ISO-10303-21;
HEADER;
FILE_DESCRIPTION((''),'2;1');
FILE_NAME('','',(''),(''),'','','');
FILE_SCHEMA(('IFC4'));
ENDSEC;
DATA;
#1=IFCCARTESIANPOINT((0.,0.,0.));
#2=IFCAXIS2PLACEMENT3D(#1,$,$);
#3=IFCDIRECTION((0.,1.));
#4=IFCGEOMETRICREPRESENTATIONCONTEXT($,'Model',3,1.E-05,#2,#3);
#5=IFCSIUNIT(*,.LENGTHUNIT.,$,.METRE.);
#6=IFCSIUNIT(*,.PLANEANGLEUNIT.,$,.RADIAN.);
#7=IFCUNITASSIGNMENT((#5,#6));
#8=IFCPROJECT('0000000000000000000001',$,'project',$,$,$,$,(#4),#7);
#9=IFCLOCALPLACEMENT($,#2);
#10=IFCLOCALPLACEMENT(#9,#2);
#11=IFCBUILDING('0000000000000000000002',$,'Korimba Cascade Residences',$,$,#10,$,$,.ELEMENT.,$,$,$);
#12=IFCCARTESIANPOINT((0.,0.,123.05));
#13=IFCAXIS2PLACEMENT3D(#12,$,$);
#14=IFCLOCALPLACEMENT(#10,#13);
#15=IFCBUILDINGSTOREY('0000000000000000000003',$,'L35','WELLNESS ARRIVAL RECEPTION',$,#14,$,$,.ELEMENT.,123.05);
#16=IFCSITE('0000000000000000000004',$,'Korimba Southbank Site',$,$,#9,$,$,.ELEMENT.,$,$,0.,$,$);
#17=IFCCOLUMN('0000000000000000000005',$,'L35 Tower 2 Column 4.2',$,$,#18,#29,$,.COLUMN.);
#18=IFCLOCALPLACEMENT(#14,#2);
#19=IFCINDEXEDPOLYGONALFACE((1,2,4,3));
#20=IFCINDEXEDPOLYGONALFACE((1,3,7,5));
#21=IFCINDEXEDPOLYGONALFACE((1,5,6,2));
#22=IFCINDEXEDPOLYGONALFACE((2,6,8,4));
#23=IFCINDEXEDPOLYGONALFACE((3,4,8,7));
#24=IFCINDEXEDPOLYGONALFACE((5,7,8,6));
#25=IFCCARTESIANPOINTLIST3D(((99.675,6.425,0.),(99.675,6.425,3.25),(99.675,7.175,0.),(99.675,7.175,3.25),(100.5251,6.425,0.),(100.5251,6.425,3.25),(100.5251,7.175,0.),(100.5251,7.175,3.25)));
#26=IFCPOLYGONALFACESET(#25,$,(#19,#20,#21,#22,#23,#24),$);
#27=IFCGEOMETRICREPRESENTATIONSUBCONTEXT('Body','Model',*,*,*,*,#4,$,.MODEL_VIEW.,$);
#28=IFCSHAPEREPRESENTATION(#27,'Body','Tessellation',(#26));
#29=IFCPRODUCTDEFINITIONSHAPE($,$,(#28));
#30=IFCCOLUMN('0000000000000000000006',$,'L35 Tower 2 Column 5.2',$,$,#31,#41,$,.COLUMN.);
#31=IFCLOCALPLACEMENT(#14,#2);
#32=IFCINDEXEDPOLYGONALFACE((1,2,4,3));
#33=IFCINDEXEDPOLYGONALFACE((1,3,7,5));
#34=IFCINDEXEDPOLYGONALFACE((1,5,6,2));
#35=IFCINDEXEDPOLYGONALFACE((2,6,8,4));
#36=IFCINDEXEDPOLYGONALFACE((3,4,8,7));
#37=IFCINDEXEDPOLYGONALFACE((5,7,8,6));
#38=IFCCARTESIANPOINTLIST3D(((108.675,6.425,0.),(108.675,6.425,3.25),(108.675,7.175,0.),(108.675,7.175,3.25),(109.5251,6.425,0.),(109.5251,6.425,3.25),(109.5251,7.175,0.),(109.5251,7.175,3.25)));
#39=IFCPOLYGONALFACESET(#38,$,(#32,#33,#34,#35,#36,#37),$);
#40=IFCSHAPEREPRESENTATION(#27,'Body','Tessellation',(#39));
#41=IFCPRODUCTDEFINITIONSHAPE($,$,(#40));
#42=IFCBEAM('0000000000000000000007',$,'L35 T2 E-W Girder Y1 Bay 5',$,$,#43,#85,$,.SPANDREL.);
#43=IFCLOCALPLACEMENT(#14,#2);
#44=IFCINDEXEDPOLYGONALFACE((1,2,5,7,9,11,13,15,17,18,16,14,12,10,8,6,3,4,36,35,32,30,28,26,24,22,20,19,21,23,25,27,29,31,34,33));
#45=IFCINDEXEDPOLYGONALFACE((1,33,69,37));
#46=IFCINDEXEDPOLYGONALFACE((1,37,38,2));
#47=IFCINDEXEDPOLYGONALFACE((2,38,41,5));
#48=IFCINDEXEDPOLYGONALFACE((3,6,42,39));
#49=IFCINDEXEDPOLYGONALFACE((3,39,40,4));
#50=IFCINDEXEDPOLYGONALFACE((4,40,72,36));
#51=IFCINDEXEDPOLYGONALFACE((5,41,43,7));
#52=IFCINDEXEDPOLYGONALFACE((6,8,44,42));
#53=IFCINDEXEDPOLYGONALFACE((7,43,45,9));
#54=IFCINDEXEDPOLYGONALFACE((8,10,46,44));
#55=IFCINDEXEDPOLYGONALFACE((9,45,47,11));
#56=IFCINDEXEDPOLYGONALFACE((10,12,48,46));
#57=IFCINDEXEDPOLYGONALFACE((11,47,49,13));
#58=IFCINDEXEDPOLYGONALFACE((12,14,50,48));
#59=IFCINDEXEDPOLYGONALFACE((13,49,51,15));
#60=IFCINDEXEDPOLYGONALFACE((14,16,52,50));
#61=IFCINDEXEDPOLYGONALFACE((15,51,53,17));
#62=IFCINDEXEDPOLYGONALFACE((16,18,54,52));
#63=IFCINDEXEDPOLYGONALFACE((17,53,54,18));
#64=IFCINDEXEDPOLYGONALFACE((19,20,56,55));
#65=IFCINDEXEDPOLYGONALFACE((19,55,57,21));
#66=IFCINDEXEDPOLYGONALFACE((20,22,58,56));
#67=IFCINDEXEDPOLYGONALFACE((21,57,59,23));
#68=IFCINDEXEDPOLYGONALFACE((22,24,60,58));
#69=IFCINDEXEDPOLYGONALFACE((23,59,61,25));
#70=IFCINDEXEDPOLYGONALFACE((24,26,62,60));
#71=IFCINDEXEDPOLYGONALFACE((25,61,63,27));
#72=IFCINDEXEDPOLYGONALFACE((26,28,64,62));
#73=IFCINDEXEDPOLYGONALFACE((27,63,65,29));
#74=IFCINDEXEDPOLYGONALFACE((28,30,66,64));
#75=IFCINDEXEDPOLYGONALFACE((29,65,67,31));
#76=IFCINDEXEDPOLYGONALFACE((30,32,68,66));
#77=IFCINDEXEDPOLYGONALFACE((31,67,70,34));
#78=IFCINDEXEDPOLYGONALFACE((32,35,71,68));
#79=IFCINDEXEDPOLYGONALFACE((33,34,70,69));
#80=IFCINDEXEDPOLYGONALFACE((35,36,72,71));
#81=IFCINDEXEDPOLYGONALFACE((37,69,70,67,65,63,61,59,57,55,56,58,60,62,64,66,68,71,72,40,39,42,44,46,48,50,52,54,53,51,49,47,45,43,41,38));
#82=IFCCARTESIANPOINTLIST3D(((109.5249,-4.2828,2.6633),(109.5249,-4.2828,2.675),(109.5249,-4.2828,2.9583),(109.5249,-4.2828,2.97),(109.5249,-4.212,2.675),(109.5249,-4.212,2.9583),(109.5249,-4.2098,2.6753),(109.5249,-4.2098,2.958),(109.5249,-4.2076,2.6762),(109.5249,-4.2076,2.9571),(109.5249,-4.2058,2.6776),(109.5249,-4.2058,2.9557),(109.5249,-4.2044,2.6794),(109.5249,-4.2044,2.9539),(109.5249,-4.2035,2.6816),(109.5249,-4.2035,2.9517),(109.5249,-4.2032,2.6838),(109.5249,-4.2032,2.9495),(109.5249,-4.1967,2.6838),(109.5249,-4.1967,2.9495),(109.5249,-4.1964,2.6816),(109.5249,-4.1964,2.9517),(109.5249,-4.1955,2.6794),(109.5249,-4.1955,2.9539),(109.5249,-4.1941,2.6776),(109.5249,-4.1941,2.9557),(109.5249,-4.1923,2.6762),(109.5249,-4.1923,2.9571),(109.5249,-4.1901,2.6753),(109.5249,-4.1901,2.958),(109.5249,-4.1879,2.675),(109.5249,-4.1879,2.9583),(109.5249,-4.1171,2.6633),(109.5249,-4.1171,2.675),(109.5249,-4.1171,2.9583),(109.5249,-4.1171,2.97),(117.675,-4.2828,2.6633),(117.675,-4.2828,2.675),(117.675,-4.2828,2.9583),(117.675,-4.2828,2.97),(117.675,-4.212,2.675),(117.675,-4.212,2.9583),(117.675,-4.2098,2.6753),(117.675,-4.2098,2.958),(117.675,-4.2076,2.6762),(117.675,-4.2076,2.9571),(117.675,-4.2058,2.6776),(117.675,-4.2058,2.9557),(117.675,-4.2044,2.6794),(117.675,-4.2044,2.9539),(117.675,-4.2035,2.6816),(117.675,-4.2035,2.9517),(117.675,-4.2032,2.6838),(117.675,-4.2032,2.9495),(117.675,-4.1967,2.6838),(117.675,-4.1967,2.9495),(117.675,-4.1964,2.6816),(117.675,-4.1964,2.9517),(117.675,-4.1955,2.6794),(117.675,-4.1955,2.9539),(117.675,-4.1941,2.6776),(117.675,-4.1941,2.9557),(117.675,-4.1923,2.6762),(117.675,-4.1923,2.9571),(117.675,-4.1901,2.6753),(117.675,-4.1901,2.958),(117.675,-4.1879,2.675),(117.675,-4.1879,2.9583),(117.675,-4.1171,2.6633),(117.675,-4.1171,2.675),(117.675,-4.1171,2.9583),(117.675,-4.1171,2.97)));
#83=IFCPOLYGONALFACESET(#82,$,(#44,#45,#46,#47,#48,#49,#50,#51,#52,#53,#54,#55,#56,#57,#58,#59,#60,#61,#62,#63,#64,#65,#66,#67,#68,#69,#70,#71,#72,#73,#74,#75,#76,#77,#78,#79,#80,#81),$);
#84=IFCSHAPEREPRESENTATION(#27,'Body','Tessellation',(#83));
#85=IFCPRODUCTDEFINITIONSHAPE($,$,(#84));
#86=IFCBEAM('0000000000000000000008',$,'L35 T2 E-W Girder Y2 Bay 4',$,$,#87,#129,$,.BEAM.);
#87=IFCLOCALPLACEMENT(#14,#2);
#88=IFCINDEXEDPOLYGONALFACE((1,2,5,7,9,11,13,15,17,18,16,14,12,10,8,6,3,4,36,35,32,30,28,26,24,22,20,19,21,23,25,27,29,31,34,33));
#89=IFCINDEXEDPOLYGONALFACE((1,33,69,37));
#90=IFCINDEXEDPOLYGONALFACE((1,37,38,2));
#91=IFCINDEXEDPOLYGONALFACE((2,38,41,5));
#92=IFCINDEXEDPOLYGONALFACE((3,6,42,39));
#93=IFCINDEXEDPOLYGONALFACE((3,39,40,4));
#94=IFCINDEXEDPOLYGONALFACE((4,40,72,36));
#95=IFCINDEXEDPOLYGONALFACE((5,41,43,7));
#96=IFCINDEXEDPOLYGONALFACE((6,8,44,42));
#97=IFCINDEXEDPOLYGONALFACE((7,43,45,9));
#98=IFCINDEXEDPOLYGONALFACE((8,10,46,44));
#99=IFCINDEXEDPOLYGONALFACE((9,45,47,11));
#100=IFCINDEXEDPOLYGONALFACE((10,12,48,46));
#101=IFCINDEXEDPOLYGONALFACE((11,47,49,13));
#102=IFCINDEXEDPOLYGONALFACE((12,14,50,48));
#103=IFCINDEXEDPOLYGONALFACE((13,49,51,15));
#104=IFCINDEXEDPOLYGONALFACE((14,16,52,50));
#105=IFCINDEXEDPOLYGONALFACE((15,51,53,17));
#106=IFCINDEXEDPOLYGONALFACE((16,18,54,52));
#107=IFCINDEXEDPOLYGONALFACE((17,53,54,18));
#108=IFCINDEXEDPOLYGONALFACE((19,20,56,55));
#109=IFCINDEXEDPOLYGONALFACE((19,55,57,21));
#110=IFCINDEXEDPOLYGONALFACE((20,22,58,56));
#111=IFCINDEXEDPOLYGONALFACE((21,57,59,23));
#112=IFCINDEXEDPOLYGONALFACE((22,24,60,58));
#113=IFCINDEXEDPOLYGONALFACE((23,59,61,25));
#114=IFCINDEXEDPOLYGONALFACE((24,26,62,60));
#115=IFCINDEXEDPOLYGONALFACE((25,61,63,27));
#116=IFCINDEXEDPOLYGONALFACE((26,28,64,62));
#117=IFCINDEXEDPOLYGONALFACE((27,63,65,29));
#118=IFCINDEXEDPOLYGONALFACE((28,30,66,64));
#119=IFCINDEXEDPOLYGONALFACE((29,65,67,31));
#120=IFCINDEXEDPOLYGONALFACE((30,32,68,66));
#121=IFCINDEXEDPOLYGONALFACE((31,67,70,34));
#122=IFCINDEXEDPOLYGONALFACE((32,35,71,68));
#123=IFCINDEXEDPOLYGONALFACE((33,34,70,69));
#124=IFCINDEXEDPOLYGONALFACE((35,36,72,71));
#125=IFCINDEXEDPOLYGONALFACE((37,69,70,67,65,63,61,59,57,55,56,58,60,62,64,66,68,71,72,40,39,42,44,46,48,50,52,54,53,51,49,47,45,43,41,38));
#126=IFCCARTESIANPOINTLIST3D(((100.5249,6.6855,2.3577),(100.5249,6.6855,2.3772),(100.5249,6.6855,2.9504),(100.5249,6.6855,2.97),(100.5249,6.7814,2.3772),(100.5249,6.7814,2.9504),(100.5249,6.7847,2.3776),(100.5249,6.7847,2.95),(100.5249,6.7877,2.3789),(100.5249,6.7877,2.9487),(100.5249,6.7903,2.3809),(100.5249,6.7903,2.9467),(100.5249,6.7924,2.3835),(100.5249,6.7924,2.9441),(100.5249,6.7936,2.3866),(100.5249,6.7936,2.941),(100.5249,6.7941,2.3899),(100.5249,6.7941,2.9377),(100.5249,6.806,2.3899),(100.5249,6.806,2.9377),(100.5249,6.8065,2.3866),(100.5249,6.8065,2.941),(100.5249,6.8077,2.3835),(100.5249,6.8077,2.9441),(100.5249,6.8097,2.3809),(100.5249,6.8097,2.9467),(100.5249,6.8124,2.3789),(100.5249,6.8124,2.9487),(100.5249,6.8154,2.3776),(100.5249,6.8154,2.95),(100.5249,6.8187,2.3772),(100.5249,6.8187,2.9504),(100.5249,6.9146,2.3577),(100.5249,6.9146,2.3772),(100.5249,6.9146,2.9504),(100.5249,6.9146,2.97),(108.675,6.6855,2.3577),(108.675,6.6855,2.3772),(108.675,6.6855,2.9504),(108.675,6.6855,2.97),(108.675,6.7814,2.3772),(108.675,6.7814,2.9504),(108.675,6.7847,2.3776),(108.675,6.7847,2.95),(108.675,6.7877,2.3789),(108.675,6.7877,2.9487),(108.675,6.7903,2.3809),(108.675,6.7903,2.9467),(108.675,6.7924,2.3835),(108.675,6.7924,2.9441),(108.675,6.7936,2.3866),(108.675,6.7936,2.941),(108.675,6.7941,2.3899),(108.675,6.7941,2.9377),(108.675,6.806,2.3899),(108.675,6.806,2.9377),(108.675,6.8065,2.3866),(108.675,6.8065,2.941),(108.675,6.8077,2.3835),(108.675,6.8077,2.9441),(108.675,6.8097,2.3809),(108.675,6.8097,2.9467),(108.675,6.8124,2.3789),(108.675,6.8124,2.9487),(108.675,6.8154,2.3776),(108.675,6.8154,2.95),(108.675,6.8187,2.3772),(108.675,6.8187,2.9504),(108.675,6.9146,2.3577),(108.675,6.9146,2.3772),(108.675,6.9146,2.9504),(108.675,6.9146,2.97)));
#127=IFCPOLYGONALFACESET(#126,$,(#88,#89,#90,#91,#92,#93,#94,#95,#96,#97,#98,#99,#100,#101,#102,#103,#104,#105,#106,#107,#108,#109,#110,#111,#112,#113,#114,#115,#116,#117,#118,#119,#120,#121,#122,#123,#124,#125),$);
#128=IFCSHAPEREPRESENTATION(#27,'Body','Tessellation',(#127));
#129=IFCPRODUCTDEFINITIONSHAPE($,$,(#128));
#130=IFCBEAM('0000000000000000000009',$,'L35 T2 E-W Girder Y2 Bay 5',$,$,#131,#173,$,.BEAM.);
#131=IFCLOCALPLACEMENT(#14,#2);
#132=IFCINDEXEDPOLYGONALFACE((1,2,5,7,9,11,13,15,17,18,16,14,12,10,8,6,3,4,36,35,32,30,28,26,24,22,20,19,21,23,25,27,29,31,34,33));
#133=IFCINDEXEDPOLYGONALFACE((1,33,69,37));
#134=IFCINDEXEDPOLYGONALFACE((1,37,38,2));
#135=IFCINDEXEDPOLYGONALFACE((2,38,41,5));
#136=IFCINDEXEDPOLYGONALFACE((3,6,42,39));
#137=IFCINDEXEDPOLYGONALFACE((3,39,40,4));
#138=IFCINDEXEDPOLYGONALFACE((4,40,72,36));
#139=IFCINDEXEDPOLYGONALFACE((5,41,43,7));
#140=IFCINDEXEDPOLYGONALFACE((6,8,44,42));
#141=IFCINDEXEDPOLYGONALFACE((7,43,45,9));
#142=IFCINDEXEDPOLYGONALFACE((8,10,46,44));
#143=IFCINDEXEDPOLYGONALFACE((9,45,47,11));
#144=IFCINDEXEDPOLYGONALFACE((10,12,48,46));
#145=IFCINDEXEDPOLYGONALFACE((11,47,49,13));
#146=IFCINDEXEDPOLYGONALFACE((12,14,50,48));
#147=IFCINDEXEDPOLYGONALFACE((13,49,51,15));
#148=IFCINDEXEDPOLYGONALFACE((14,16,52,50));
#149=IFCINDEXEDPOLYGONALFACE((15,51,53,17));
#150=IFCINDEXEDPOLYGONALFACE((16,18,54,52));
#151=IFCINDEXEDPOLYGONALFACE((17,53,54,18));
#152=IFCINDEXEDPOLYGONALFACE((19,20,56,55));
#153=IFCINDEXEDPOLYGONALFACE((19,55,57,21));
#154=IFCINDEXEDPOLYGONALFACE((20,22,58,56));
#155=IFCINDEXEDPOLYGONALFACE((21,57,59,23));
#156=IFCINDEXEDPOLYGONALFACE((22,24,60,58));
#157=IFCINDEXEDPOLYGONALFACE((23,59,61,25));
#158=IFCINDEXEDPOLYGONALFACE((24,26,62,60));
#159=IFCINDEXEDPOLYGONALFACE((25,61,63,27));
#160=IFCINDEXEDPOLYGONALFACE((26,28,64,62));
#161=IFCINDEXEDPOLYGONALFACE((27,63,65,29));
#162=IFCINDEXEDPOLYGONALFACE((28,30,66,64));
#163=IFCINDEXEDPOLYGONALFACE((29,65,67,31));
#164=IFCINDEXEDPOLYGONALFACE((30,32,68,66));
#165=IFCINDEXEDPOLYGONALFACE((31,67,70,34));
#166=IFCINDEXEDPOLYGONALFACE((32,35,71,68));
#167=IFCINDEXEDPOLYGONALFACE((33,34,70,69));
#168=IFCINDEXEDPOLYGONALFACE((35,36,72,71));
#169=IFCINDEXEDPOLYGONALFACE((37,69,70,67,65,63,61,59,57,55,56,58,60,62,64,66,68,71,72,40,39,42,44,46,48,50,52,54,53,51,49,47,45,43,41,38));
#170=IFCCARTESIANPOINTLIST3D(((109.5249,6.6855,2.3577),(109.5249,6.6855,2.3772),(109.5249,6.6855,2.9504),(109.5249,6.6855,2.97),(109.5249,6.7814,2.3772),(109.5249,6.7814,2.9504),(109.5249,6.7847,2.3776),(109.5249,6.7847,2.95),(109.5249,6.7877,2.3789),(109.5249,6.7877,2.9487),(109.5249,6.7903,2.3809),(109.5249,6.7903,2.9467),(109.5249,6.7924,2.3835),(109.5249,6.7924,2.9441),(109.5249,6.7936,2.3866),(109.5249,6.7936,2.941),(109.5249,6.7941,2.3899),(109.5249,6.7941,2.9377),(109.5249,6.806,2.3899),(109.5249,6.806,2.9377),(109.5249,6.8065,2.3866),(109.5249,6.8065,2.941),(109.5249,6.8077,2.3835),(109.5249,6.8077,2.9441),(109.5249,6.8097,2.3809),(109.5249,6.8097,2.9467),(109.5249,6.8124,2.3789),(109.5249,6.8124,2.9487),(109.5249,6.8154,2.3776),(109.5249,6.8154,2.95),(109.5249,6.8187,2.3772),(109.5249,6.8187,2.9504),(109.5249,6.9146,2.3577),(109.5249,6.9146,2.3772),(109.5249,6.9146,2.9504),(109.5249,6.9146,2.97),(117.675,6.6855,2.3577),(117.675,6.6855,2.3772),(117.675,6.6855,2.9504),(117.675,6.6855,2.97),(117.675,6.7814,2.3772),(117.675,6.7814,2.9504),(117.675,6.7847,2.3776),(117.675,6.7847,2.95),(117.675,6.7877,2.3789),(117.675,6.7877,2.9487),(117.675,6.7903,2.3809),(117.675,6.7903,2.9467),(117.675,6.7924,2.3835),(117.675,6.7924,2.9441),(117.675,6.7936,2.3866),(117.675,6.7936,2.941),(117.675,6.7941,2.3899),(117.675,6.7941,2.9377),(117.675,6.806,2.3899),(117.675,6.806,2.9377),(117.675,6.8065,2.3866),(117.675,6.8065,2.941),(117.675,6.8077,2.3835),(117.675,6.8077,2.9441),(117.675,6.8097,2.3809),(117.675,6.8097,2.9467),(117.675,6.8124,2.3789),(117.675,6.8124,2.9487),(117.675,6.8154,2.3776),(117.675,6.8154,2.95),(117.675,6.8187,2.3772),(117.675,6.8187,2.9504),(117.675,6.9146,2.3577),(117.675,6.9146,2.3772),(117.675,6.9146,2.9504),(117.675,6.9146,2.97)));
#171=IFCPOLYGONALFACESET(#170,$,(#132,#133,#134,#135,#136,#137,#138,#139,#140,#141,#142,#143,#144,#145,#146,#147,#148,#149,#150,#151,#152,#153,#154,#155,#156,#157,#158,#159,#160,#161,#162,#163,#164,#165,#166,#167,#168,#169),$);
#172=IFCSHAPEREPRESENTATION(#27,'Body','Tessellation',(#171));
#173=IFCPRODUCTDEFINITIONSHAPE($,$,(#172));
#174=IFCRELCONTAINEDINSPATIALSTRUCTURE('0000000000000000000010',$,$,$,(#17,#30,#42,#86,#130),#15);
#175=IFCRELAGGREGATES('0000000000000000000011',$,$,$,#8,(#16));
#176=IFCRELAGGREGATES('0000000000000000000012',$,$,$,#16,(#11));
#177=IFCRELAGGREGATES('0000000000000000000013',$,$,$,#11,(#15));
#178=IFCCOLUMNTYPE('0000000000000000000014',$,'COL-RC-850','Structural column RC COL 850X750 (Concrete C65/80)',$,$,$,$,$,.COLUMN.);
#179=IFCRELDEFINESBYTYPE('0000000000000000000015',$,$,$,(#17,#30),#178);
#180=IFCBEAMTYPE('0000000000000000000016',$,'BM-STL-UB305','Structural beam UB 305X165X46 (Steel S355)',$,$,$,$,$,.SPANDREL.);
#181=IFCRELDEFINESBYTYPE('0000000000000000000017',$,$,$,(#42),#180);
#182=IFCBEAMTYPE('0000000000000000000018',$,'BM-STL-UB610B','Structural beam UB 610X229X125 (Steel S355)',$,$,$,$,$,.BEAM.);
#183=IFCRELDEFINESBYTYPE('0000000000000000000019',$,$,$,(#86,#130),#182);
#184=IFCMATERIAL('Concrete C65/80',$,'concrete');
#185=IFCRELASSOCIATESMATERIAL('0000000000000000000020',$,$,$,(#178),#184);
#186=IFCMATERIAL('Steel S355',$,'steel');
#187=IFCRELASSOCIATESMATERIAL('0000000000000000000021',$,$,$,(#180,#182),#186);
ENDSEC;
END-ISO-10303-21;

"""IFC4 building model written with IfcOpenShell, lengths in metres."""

from ifc_helpers import new_model, si_unit, direction, frame, origin, origin_2d, place, context, subcontext, project, spatial, rectangle, i_section, extrude, material, material_profile, profile_set, type_object, element, save


model = new_model("IFC4")

# Units and contexts
model_context = context("Model", 3, precision=1e-05, world=origin(), true_north=direction((0.0, 1.0)))
body_context = subcontext(model_context, "Body", "Model", "MODEL_VIEW")
ifc_project = project(units=[si_unit("LENGTHUNIT", "METRE"), si_unit("PLANEANGLEUNIT", "RADIAN")], contexts=[model_context])

# Site, building, storey
site_placement = place(None, origin())
site = spatial("IfcSite", under=ifc_project, at=site_placement, Name="Korimba Southbank Site", CompositionType="ELEMENT", RefElevation=0.0)
building_placement = place(site_placement, origin())
building = spatial("IfcBuilding", under=site, at=building_placement, Name="Korimba Cascade Residences", CompositionType="ELEMENT")
storey_placement = place(building_placement, frame((0.0, 0.0, 123.05)))
storey = spatial("IfcBuildingStorey", under=building, at=storey_placement, Name="L35", Description="WELLNESS ARRIVAL RECEPTION", CompositionType="ELEMENT", Elevation=123.05)

# Columns
ifc_material_1 = material(Name="Concrete C65/80", Category="concrete")
ifc_material_profile_1 = material_profile(ifc_material_1, rectangle(XDim=0.8501, YDim=0.75, at=origin_2d()), Name="Concrete C65/80")
ifc_profile_set_1 = profile_set([ifc_material_profile_1], Name="Concrete C65/80")
column_type = type_object("IfcColumnType", Name="COL-RC-850", Description="Structural column RC COL 850X750 (Concrete C65/80)", PredefinedType="COLUMN", material=ifc_profile_set_1)
for number, where, z_axis, x_axis, name in (
    (1, (100.1001, 6.8, 0.0), (0.0, 0.0, 1.0), (1.0, 0.0, 0.0), "L35 Tower 2 Column 4.2"),
    (2, (109.1001, 6.8, 0.0), (0.0, 0.0, 1.0), (1.0, 0.0, 0.0), "L35 Tower 2 Column 5.2"),
):
    element("IfcColumn", number, at=place(storey_placement, frame(where, z_axis=z_axis, x_axis=x_axis)), inside=storey, type_object=column_type, Name=name, PredefinedType="COLUMN", context=body_context, shape_type="SweptSolid", body=[
        extrude(rectangle(XDim=0.8501, YDim=0.75, at=origin_2d()), origin(), (0.0, 0.0, 1.0), 3.25),
    ])

# Beams
ifc_material_2 = material(Name="Steel S355", Category="steel")
ifc_material_profile_2 = material_profile(ifc_material_2, i_section(OverallWidth=0.1658, OverallDepth=0.3066, WebThickness=0.0066, FlangeThickness=0.0117, FilletRadius=0.0088, at=origin_2d()), Name="Steel S355")
ifc_profile_set_2 = profile_set([ifc_material_profile_2], Name="Steel S355")
beam_type_1 = type_object("IfcBeamType", Name="BM-STL-UB305", Description="Structural beam UB 305X165X46 (Steel S355)", PredefinedType="SPANDREL", material=ifc_profile_set_2)
beam_placement = place(storey_placement, frame((109.5249, -4.2, 2.8167), z_axis=(1.0, 0.0, 0.0), x_axis=(0.0, 1.0, 0.0)))
element("IfcBeam", 3, at=beam_placement, inside=storey, type_object=beam_type_1, Name="L35 T2 E-W Girder Y1 Bay 5", PredefinedType="SPANDREL", context=body_context, shape_type="SweptSolid", body=[
    extrude(i_section(OverallWidth=0.1658, OverallDepth=0.3066, WebThickness=0.0066, FlangeThickness=0.0117, FilletRadius=0.0088, at=origin_2d()), origin(), (0.0, 0.0, 1.0), 8.1501),
])
ifc_material_profile_3 = material_profile(ifc_material_2, i_section(OverallWidth=0.229, OverallDepth=0.6123, WebThickness=0.012, FlangeThickness=0.0195, FilletRadius=0.0127, at=origin_2d()), Name="Steel S355")
ifc_profile_set_3 = profile_set([ifc_material_profile_3], Name="Steel S355")
beam_type_2 = type_object("IfcBeamType", Name="BM-STL-UB610B", Description="Structural beam UB 610X229X125 (Steel S355)", PredefinedType="BEAM", material=ifc_profile_set_3)
for number, where, z_axis, x_axis, name in (
    (4, (100.5249, 6.8, 2.6638), (1.0, 0.0, 0.0), (0.0, 1.0, 0.0), "L35 T2 E-W Girder Y2 Bay 4"),
    (5, (109.5249, 6.8, 2.6638), (1.0, 0.0, 0.0), (0.0, 1.0, 0.0), "L35 T2 E-W Girder Y2 Bay 5"),
):
    element("IfcBeam", number, at=place(storey_placement, frame(where, z_axis=z_axis, x_axis=x_axis)), inside=storey, type_object=beam_type_2, Name=name, PredefinedType="BEAM", context=body_context, shape_type="SweptSolid", body=[
        extrude(i_section(OverallWidth=0.229, OverallDepth=0.6123, WebThickness=0.012, FlangeThickness=0.0195, FilletRadius=0.0127, at=origin_2d()), origin(), (0.0, 0.0, 1.0), 8.1501),
    ])

save(model, "model.ifc")
